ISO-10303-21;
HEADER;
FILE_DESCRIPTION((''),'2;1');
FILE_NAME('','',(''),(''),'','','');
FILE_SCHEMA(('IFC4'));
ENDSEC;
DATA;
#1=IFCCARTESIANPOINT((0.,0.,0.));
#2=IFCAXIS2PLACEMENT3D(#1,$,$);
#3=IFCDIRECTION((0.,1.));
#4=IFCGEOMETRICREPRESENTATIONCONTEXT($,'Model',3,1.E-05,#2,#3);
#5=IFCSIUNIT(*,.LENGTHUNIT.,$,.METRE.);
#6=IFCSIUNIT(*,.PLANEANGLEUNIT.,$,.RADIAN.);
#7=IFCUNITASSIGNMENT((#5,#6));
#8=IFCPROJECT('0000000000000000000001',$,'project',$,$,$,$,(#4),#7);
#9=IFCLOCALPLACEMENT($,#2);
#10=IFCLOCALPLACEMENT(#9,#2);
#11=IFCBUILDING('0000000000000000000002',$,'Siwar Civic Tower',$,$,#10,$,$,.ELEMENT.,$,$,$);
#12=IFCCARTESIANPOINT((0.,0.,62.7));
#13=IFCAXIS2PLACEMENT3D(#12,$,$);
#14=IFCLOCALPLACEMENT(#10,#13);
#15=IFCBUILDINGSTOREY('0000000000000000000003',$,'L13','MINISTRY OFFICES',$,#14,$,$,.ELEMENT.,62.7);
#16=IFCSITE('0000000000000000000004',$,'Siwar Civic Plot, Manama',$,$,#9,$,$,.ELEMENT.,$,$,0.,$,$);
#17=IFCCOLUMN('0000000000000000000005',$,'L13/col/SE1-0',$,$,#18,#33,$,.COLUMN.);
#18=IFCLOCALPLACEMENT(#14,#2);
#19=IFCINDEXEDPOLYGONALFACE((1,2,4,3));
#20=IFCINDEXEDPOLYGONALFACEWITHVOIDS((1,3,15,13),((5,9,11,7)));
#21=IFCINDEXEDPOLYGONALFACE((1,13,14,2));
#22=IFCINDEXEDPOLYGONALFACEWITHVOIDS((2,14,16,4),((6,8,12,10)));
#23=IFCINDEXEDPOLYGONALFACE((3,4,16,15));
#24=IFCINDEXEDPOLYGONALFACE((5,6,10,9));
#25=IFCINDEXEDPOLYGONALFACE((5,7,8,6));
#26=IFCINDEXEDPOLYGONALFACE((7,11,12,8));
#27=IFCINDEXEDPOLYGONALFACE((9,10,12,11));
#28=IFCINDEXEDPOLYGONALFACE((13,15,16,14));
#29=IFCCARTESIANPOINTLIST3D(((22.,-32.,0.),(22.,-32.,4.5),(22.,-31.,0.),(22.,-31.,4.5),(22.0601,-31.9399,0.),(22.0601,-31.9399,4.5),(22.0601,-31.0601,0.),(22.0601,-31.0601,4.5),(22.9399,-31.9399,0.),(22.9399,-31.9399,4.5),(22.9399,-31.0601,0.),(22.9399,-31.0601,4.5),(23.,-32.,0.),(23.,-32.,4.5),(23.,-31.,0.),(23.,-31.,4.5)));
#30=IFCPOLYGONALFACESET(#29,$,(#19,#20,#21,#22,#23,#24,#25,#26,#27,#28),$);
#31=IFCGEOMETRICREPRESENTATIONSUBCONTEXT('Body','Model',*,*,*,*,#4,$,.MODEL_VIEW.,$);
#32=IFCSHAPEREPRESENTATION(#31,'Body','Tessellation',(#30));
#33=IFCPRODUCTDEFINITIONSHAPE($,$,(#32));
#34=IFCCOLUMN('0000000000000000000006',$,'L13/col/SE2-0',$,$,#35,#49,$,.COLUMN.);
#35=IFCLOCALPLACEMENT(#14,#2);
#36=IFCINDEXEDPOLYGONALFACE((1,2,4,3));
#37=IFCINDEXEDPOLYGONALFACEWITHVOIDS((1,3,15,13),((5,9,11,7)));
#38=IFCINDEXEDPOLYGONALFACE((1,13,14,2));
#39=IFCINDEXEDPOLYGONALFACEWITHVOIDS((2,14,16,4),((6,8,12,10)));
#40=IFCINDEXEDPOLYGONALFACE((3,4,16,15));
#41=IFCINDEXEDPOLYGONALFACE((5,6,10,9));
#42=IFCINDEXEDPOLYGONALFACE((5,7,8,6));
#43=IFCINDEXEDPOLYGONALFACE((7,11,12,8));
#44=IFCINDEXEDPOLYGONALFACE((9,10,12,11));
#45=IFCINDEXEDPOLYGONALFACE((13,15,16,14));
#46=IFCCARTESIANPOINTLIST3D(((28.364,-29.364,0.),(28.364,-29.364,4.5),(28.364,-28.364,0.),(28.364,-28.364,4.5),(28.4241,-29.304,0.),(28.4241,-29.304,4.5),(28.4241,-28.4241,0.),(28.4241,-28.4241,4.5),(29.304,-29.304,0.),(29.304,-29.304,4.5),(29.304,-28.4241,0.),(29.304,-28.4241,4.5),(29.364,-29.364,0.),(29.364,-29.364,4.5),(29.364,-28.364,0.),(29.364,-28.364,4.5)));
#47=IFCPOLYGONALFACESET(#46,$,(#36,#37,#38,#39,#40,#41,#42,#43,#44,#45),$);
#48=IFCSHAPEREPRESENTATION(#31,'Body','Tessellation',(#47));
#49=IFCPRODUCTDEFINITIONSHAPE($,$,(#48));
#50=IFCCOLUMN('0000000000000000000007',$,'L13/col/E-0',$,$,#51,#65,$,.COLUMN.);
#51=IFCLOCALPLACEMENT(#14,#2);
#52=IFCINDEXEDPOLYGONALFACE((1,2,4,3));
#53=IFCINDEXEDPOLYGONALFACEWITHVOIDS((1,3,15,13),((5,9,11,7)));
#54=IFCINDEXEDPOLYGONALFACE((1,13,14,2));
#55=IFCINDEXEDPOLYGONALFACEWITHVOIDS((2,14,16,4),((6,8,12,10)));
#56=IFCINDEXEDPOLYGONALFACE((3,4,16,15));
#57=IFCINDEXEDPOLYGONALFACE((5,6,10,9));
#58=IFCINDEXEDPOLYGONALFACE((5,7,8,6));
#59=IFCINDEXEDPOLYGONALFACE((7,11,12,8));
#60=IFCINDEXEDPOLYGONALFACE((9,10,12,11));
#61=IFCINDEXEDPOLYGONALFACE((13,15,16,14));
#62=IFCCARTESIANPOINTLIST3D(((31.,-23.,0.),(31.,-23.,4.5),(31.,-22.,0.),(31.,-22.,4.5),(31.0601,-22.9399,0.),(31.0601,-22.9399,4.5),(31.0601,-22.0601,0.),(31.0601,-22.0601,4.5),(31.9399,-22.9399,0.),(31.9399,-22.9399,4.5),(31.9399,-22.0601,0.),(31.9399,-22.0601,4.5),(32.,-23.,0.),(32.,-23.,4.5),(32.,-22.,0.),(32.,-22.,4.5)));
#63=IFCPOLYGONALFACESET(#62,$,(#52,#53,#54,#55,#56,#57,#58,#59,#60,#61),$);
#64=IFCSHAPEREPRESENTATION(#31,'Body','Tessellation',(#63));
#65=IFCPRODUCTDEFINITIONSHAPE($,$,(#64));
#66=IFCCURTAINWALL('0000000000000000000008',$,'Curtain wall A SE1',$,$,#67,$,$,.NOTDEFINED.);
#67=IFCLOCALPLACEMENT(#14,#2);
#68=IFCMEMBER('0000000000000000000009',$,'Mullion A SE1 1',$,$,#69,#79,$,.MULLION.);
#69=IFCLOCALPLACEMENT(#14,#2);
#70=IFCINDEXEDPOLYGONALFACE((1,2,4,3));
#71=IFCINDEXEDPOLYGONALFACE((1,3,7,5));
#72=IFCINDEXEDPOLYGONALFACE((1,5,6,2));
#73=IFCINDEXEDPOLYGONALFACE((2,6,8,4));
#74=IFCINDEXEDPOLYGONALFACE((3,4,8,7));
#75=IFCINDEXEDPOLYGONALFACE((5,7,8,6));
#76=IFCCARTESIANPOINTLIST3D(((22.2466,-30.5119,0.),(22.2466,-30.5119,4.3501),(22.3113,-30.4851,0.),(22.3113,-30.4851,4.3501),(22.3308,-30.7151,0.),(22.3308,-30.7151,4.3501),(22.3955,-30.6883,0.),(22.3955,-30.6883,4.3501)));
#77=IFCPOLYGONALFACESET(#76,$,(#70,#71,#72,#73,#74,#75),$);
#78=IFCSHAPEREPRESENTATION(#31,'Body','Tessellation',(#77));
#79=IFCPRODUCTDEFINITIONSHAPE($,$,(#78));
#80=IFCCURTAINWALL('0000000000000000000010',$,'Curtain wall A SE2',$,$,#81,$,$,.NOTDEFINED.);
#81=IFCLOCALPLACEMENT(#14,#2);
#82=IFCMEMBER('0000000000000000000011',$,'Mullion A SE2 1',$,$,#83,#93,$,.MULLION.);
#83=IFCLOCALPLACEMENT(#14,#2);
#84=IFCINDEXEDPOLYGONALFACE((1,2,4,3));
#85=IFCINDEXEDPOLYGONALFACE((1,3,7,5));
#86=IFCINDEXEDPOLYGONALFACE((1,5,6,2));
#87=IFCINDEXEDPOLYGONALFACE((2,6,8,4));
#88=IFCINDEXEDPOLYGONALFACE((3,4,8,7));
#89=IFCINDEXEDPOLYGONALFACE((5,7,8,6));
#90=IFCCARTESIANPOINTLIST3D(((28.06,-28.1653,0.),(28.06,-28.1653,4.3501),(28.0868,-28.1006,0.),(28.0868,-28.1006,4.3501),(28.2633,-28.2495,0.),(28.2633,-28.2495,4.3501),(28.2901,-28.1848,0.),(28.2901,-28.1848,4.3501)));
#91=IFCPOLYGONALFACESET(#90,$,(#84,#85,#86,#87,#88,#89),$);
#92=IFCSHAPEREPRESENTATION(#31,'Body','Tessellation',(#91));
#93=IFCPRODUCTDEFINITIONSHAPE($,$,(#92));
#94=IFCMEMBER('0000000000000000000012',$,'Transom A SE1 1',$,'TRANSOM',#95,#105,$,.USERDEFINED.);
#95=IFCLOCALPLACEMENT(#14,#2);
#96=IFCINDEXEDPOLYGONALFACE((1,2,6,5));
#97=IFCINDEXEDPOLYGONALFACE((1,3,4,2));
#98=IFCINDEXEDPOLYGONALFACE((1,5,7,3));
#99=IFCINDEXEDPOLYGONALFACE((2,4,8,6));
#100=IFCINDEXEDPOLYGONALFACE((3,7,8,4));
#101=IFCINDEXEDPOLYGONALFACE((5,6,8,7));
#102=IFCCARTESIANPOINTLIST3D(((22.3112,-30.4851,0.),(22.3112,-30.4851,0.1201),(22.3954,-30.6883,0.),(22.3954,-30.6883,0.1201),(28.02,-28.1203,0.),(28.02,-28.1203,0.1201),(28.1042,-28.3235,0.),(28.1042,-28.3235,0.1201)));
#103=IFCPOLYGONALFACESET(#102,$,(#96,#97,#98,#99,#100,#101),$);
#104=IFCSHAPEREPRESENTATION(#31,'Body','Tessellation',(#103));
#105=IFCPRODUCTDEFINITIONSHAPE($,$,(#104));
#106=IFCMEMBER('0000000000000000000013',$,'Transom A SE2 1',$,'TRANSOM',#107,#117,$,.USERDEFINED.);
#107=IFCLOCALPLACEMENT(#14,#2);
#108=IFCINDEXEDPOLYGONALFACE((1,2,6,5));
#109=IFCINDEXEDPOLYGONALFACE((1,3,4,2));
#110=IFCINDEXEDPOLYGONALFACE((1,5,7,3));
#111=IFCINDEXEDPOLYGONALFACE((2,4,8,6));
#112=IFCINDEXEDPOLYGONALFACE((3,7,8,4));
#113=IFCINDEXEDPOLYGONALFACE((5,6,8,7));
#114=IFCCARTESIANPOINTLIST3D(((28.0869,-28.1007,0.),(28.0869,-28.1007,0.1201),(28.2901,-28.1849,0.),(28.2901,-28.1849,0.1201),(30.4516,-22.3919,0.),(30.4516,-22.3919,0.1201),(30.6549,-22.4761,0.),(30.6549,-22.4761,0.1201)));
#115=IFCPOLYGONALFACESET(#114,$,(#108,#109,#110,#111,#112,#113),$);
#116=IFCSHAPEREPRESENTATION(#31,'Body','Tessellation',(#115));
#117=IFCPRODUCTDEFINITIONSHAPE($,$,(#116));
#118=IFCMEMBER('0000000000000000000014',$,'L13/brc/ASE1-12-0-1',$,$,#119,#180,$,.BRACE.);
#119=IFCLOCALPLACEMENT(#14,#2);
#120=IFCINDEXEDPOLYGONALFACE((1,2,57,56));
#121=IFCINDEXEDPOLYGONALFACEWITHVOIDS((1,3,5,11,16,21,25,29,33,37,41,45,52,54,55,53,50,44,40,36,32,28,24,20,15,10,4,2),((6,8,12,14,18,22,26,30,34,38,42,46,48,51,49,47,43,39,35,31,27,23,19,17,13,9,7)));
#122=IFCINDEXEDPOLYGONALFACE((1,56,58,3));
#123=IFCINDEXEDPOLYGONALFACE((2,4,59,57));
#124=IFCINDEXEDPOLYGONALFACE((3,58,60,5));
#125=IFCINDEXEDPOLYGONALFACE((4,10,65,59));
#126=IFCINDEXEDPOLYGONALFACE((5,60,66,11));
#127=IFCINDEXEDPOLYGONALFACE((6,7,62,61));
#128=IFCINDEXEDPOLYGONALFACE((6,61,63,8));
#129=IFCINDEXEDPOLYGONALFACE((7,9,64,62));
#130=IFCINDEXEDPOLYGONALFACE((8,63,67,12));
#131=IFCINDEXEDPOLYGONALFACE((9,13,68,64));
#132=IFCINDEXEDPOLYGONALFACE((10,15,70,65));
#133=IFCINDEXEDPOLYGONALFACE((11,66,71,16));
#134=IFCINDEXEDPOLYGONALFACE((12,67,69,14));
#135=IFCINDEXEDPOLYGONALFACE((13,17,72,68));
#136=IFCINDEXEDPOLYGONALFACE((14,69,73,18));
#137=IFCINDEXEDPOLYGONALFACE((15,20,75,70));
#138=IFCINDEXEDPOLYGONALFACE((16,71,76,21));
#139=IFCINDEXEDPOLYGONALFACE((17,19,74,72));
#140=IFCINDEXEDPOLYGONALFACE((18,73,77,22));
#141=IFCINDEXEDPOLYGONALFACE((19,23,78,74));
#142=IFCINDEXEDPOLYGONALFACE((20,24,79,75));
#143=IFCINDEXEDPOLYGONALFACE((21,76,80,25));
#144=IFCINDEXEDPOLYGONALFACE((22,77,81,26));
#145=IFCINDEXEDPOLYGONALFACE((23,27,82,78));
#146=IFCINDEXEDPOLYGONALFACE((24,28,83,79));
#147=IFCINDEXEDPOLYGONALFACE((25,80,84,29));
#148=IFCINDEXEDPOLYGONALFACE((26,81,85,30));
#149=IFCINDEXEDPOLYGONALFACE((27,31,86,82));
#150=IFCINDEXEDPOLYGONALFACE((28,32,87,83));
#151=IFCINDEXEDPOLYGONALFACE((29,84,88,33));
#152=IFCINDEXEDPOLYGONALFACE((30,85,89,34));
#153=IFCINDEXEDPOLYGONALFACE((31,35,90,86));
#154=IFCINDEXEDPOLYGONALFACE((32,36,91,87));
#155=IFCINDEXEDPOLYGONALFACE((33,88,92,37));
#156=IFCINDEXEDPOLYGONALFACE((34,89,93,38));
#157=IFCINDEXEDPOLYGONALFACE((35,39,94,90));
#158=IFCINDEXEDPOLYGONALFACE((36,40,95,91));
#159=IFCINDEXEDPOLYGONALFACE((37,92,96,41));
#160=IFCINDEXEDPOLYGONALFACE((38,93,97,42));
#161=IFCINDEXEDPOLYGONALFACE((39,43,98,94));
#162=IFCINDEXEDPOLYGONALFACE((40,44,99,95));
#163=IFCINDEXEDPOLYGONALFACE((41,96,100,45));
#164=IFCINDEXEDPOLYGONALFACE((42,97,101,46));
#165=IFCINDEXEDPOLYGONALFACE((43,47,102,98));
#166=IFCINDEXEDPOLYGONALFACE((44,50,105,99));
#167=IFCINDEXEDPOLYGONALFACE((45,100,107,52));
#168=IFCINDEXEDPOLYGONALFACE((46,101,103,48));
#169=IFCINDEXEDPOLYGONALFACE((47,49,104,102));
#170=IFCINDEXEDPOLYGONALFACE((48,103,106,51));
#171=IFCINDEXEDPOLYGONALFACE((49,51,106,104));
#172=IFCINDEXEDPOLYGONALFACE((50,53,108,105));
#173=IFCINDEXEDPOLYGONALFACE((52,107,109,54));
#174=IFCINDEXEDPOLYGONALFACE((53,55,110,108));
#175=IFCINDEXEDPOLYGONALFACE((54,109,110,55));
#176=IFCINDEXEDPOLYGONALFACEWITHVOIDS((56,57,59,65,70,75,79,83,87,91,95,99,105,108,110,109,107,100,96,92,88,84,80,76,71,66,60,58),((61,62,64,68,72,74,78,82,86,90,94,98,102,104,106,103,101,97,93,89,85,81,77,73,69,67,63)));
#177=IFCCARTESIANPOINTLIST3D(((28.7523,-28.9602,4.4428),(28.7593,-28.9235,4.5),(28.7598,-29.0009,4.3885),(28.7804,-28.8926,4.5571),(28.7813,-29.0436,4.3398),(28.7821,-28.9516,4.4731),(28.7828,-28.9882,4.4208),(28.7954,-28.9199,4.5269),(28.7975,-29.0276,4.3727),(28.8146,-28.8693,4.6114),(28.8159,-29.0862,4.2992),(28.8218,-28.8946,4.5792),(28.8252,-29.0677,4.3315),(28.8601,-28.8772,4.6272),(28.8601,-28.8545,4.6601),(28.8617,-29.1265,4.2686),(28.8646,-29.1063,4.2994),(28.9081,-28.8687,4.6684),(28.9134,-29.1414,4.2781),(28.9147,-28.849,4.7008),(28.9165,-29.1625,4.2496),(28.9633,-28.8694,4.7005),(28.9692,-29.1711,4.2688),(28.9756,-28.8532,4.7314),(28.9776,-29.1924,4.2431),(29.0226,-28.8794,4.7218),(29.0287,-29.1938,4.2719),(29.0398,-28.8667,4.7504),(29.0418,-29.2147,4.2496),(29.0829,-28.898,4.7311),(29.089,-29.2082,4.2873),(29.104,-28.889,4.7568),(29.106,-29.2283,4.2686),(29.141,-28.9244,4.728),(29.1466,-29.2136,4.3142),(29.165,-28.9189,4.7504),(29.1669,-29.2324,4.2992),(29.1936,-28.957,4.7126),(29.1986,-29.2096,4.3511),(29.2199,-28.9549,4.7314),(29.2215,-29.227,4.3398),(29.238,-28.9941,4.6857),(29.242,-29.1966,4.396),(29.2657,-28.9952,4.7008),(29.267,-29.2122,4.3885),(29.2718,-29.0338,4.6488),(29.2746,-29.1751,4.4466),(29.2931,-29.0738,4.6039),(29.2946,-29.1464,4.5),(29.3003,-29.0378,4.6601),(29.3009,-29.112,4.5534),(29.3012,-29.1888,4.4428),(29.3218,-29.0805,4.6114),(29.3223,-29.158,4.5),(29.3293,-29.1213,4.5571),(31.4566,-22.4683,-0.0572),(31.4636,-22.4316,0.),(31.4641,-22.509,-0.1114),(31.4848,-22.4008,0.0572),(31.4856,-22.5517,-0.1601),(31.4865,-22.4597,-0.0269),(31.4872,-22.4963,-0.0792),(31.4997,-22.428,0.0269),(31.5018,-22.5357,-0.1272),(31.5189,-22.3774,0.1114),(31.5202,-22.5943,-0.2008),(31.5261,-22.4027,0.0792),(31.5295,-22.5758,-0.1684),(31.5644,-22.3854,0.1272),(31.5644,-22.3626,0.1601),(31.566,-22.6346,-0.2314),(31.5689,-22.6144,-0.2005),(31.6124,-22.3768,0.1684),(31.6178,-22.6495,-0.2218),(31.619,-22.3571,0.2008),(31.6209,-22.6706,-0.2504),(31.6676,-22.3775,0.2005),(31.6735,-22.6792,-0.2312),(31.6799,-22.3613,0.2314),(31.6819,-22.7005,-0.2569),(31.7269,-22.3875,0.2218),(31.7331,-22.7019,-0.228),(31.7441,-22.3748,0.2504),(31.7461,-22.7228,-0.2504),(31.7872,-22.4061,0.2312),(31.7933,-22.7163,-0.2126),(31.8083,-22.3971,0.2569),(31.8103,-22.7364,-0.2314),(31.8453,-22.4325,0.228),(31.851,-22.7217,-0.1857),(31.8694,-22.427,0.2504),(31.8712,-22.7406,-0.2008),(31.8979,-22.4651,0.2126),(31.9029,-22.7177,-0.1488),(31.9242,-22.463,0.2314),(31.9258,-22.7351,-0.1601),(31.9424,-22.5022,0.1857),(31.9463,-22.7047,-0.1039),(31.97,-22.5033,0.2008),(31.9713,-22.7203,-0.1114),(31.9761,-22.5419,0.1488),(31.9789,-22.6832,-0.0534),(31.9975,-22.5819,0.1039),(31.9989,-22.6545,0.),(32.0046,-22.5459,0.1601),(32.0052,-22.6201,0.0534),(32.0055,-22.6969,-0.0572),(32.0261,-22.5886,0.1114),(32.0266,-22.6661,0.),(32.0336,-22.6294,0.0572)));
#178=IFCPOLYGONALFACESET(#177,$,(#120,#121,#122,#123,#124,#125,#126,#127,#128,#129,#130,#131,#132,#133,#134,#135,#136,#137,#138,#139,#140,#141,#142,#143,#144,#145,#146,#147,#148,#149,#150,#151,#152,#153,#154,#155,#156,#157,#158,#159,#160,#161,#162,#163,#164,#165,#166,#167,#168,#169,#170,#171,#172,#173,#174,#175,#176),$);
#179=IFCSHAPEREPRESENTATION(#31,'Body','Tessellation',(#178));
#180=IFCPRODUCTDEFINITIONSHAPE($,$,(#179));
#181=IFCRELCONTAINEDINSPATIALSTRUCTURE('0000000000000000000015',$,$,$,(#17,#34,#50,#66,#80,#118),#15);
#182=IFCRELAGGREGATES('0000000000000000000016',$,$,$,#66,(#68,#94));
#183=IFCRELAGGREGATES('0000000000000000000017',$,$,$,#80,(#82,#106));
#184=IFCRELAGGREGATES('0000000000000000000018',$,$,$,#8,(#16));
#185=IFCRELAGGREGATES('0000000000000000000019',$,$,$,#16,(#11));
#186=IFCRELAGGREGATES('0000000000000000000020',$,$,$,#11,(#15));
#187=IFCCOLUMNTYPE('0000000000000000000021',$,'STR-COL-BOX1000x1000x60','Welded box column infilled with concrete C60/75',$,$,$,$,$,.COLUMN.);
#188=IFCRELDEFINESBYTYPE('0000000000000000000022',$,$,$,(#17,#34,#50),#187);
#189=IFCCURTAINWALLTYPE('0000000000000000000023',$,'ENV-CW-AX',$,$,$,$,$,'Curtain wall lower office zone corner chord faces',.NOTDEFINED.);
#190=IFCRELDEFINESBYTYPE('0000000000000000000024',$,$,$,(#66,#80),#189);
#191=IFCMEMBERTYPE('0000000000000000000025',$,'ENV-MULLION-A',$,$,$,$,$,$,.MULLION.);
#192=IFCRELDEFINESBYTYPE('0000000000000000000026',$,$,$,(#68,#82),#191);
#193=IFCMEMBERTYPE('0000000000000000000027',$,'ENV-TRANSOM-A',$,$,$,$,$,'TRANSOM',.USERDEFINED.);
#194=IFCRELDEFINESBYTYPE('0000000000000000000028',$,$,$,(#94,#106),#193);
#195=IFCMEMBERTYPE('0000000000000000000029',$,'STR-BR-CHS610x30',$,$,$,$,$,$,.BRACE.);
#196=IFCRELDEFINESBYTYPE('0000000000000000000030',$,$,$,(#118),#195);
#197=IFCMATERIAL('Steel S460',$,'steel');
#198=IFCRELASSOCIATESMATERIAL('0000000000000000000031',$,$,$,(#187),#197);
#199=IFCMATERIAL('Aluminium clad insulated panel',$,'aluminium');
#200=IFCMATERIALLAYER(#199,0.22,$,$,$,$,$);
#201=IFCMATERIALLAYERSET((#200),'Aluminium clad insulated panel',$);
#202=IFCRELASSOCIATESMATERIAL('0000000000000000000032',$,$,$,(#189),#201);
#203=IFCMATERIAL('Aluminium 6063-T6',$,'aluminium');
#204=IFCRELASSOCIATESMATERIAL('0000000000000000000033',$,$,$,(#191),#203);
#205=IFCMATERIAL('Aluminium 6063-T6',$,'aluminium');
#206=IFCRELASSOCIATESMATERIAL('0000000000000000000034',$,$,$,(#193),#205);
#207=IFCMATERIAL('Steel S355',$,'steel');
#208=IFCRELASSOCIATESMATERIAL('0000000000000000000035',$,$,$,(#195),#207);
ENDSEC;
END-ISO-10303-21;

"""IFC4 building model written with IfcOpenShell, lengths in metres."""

from ifc_helpers import new_model, si_unit, direction, frame, origin, origin_2d, place, context, subcontext, project, spatial, rectangle, hollow_rectangle, hollow_circle, extrude, material, layer, layer_set, material_profile, profile_set, type_object, element, aggregate, save


model = new_model("IFC4")

# Units and contexts
model_context = context("Model", 3, precision=1e-05, world=origin(), true_north=direction((0.0, 1.0)))
body_context = subcontext(model_context, "Body", "Model", "MODEL_VIEW")
ifc_project = project(units=[si_unit("LENGTHUNIT", "METRE"), si_unit("PLANEANGLEUNIT", "RADIAN")], contexts=[model_context])

# Site, building, storey
site_placement = place(None, origin())
site = spatial("IfcSite", under=ifc_project, at=site_placement, Name="Siwar Civic Plot, Manama", CompositionType="ELEMENT", RefElevation=0.0)
building_placement = place(site_placement, origin())
building = spatial("IfcBuilding", under=site, at=building_placement, Name="Siwar Civic Tower", CompositionType="ELEMENT")
storey_placement = place(building_placement, frame((0.0, 0.0, 62.7)))
storey = spatial("IfcBuildingStorey", under=building, at=storey_placement, Name="L13", Description="MINISTRY OFFICES", CompositionType="ELEMENT", Elevation=62.7)

# Columns
ifc_material_1 = material(Name="Steel S460", Category="steel")
ifc_material_profile_1 = material_profile(ifc_material_1, hollow_rectangle(XDim=1.0, YDim=1.0, WallThickness=0.0601, at=origin_2d()), Name="BOX1000x1000x60")
ifc_profile_set_1 = profile_set([ifc_material_profile_1], Name="Steel S460")
column_type = type_object("IfcColumnType", Name="STR-COL-BOX1000x1000x60", Description="Welded box column infilled with concrete C60/75", PredefinedType="COLUMN", material=ifc_profile_set_1)
for number, where, z_axis, x_axis, name in (
    (1, (22.5, -31.5, 0.0), (0.0, 0.0, 1.0), (1.0, 0.0, 0.0), "L13/col/SE1-0"),
    (2, (28.864, -28.864, 0.0), (0.0, 0.0, 1.0), (1.0, 0.0, 0.0), "L13/col/SE2-0"),
    (3, (31.5, -22.5, 0.0), (0.0, 0.0, 1.0), (1.0, 0.0, 0.0), "L13/col/E-0"),
):
    element("IfcColumn", number, at=place(storey_placement, frame(where, z_axis=z_axis, x_axis=x_axis)), inside=storey, type_object=column_type, Name=name, PredefinedType="COLUMN", context=body_context, shape_type="SweptSolid", body=[
        extrude(hollow_rectangle(XDim=1.0, YDim=1.0, WallThickness=0.0601, at=origin_2d()), origin(), (0.0, 0.0, 1.0), 4.5),
    ])

# Curtain walls, members
ifc_material_2 = material(Name="Aluminium clad insulated panel", Category="aluminium")
ifc_layer_1 = layer(ifc_material_2, 0.22)
ifc_layer_set_1 = layer_set([ifc_layer_1], Name="Aluminium clad insulated panel")
curtain_wall_type_1 = type_object("IfcCurtainWallType", Name="ENV-CW-AX", ElementType="Curtain wall lower office zone corner chord faces", PredefinedType="NOTDEFINED", material=ifc_layer_set_1)
curtain_wall_1_placement = place(storey_placement, origin())
curtain_wall_1 = element("IfcCurtainWall", 4, at=curtain_wall_1_placement, inside=storey, type_object=curtain_wall_type_1, Name="Curtain wall A SE1", PredefinedType="NOTDEFINED")
ifc_material_3 = material(Name="Aluminium 6063-T6", Category="aluminium")
ifc_material_profile_2 = material_profile(ifc_material_3, rectangle(XDim=0.22, YDim=0.0701, at=origin_2d()), Name="AL 220x70")
ifc_profile_set_2 = profile_set([ifc_material_profile_2], Name="Aluminium 6063-T6")
member_type_1 = type_object("IfcMemberType", Name="ENV-MULLION-A", PredefinedType="MULLION", material=ifc_profile_set_2)
member_1_placement = place(storey_placement, frame((22.321, -30.6001, 0.0), z_axis=(0.0, 0.0, 1.0), x_axis=(-0.382683, 0.92388, 0.0)))
member_1 = element("IfcMember", 5, at=member_1_placement, type_object=member_type_1, Name="Mullion A SE1 1", PredefinedType="MULLION", context=body_context, shape_type="SweptSolid", body=[
    extrude(rectangle(XDim=0.22, YDim=0.0701, at=origin_2d()), origin(), (0.0, 0.0, 1.0), 4.3501),
])
curtain_wall_2_placement = place(storey_placement, origin())
curtain_wall_2 = element("IfcCurtainWall", 6, at=curtain_wall_2_placement, inside=storey, type_object=curtain_wall_type_1, Name="Curtain wall A SE2", PredefinedType="NOTDEFINED")
member_2_placement = place(storey_placement, frame((28.175, -28.175, 0.0), z_axis=(0.0, 0.0, 1.0), x_axis=(-0.92388, 0.382683, 0.0)))
member_2 = element("IfcMember", 7, at=member_2_placement, type_object=member_type_1, Name="Mullion A SE2 1", PredefinedType="MULLION", context=body_context, shape_type="SweptSolid", body=[
    extrude(rectangle(XDim=0.22, YDim=0.0701, at=origin_2d()), origin(), (0.0, 0.0, 1.0), 4.3501),
])

# Members
ifc_material_4 = material(Name="Aluminium 6063-T6", Category="aluminium")
ifc_material_profile_3 = material_profile(ifc_material_4, rectangle(XDim=0.22, YDim=0.1201, at=origin_2d()), Name="AL 220x120")
ifc_profile_set_3 = profile_set([ifc_material_profile_3], Name="Aluminium 6063-T6")
member_type_2 = type_object("IfcMemberType", Name="ENV-TRANSOM-A", ElementType="TRANSOM", PredefinedType="USERDEFINED", material=ifc_profile_set_3)
member_3_placement = place(storey_placement, frame((22.3533, -30.5867, 0.0601), z_axis=(0.923873, 0.382698, 0.0), x_axis=(-0.382698, 0.923873, 0.0)))
member_3 = element("IfcMember", 8, at=member_3_placement, type_object=member_type_2, Name="Transom A SE1 1", ObjectType="TRANSOM", PredefinedType="USERDEFINED", context=body_context, shape_type="SweptSolid", body=[
    extrude(rectangle(XDim=0.22, YDim=0.1201, at=origin_2d()), origin(), (0.0, 0.0, 1.0), 6.1792),
])
member_4_placement = place(storey_placement, frame((28.1885, -28.1428, 0.0601), z_axis=(0.382698, 0.923873, 0.0), x_axis=(-0.923873, 0.382698, 0.0)))
member_4 = element("IfcMember", 9, at=member_4_placement, type_object=member_type_2, Name="Transom A SE2 1", ObjectType="TRANSOM", PredefinedType="USERDEFINED", context=body_context, shape_type="SweptSolid", body=[
    extrude(rectangle(XDim=0.22, YDim=0.1201, at=origin_2d()), origin(), (0.0, 0.0, 1.0), 6.1792),
])

# Member
ifc_material_5 = material(Name="Steel S355", Category="steel")
ifc_material_profile_4 = material_profile(ifc_material_5, hollow_circle(Radius=0.3049, WallThickness=0.03, at=origin_2d()), Name="CHS610x30")
ifc_profile_set_4 = profile_set([ifc_material_profile_4], Name="Steel S355")
member_type_3 = type_object("IfcMemberType", Name="STR-BR-CHS610x30", PredefinedType="BRACE", material=ifc_profile_set_4)
member_5_placement = place(storey_placement, frame((31.7451, -22.5488, 0.0), z_axis=(-0.323906, -0.777555, 0.538975), x_axis=(0.923109, -0.384539, 0.0)))
element("IfcMember", 10, at=member_5_placement, inside=storey, type_object=member_type_3, Name="L13/brc/ASE1-12-0-1", PredefinedType="BRACE", context=body_context, shape_type="SweptSolid", body=[
    extrude(hollow_circle(Radius=0.3049, WallThickness=0.03, at=origin_2d()), origin(), (0.0, 0.0, 1.0), 8.3491),
])

aggregate(curtain_wall_1, [member_1, member_3])
aggregate(curtain_wall_2, [member_2, member_4])

save(model, "model.ifc")
